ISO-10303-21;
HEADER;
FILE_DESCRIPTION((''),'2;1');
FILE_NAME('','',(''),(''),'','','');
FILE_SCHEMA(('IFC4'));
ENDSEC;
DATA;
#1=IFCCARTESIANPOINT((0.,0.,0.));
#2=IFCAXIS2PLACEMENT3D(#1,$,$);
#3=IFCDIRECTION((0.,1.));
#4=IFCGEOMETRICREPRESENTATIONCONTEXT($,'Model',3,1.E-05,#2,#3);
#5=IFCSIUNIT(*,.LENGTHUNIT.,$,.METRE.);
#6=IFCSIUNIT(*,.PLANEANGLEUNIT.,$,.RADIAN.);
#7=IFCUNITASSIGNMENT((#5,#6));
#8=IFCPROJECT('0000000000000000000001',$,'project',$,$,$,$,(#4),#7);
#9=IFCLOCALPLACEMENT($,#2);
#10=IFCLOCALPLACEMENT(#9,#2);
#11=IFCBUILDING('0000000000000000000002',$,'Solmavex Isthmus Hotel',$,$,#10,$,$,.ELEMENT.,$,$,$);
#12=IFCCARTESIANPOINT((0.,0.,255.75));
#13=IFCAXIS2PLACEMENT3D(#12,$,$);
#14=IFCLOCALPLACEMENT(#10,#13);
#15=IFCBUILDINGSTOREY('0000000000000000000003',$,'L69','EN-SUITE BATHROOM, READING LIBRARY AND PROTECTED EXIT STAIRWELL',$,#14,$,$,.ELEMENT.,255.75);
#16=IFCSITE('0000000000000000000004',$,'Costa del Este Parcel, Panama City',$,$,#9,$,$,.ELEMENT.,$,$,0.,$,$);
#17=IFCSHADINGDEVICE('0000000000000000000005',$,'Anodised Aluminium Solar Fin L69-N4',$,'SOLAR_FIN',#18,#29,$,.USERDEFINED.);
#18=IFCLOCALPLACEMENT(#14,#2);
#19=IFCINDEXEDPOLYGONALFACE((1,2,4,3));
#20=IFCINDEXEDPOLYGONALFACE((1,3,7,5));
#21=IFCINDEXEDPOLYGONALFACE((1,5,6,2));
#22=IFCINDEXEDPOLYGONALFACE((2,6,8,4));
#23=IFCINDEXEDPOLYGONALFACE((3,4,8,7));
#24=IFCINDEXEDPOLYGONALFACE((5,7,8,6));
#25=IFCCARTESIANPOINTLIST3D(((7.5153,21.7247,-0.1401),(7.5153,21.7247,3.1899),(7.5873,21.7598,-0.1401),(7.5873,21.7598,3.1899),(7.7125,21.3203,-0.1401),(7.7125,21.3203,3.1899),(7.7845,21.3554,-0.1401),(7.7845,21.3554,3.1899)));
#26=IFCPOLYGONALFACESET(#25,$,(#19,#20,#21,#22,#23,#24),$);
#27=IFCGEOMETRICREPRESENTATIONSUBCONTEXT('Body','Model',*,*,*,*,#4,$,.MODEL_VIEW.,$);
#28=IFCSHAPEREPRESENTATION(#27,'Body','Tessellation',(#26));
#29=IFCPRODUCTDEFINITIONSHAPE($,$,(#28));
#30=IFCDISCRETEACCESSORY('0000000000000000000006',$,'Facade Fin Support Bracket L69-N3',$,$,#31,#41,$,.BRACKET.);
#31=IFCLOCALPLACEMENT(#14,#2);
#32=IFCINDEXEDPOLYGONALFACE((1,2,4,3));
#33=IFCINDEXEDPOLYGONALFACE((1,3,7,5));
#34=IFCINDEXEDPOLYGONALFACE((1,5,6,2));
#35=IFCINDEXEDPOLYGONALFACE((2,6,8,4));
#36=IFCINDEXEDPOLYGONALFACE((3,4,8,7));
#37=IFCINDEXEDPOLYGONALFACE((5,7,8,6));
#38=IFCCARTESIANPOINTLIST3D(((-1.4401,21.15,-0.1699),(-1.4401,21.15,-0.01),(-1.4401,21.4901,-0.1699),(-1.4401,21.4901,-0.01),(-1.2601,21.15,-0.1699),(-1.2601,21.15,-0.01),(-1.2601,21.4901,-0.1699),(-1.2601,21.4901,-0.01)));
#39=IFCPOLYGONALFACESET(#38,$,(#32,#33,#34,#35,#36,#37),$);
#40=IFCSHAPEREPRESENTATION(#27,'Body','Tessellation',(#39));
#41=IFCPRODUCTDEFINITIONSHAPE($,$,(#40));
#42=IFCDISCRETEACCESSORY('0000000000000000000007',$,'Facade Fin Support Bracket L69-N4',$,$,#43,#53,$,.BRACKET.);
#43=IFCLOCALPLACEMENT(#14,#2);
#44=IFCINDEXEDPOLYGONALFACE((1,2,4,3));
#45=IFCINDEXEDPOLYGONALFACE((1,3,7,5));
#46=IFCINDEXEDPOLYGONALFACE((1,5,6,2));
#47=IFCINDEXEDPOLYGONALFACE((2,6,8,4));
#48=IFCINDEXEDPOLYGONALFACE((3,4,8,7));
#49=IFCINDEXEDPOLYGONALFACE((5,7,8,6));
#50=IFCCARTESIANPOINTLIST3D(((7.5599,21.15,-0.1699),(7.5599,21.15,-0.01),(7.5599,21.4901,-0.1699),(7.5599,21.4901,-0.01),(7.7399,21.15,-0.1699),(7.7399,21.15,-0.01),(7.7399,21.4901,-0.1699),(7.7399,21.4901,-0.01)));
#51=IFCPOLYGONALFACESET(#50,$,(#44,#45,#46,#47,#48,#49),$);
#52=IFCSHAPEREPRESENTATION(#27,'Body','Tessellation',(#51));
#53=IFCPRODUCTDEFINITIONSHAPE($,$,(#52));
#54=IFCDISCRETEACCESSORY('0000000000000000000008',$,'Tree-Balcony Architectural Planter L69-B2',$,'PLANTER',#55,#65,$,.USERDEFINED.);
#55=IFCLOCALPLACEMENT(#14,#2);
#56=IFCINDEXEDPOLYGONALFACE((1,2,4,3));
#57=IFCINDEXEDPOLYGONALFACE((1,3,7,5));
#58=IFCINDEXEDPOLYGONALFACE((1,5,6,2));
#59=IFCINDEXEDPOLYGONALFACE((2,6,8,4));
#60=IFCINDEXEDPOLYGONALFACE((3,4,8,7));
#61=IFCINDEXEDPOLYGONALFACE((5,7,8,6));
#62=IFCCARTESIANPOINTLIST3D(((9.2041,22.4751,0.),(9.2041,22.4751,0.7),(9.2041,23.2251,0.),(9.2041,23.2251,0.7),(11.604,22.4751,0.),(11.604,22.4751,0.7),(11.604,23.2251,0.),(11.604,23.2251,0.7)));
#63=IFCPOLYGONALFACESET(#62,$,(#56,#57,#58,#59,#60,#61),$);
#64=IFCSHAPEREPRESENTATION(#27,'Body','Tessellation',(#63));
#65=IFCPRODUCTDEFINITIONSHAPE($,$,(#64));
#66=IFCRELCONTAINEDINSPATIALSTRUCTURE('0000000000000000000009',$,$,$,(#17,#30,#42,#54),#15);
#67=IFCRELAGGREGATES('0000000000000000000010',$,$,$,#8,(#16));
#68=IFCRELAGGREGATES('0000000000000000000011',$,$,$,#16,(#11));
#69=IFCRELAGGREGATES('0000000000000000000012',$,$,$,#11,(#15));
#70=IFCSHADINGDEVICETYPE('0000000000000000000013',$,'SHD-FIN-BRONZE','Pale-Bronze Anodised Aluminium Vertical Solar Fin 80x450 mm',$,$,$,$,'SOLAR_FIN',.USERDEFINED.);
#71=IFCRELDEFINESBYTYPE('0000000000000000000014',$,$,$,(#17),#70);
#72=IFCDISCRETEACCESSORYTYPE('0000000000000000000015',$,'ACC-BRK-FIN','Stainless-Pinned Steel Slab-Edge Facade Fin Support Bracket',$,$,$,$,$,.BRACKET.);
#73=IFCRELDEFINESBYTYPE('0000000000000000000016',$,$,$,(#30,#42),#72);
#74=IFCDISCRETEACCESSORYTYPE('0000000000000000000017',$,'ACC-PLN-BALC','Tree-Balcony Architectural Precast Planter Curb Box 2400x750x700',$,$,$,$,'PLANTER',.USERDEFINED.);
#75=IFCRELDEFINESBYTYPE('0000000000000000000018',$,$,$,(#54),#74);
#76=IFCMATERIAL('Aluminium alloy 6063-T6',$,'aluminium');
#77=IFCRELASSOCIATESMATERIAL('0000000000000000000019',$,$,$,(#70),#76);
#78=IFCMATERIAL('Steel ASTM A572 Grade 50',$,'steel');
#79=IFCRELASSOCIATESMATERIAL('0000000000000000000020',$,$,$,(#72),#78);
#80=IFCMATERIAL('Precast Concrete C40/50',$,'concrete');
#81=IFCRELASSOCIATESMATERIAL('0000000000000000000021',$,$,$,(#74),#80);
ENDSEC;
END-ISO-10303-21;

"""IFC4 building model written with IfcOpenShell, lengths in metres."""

from ifc_helpers import new_model, si_unit, direction, frame, origin, origin_2d, place, context, subcontext, project, spatial, rectangle, extrude, material, type_object, element, save


model = new_model("IFC4")

# Units and contexts
model_context = context("Model", 3, precision=1e-05, world=origin(), true_north=direction((0.0, 1.0)))
body_context = subcontext(model_context, "Body", "Model", "MODEL_VIEW")
ifc_project = project(units=[si_unit("LENGTHUNIT", "METRE"), si_unit("PLANEANGLEUNIT", "RADIAN")], contexts=[model_context])

# Site, building, storey
site_placement = place(None, origin())
site = spatial("IfcSite", under=ifc_project, at=site_placement, Name="Costa del Este Parcel, Panama City", CompositionType="ELEMENT", RefElevation=0.0)
building_placement = place(site_placement, origin())
building = spatial("IfcBuilding", under=site, at=building_placement, Name="Solmavex Isthmus Hotel", CompositionType="ELEMENT")
storey_placement = place(building_placement, frame((0.0, 0.0, 255.75)))
storey = spatial("IfcBuildingStorey", under=building, at=storey_placement, Name="L69", Description="EN-SUITE BATHROOM, READING LIBRARY AND PROTECTED EXIT STAIRWELL", CompositionType="ELEMENT", Elevation=255.75)

# Shared definitions
ifc_material_1 = material(Name="Aluminium alloy 6063-T6", Category="aluminium")

# Shared definitions
ifc_material_2 = material(Name="Precast Concrete C40/50", Category="concrete")

# Shading device
shading_device_type = type_object("IfcShadingDeviceType", Name="SHD-FIN-BRONZE", Description="Pale-Bronze Anodised Aluminium Vertical Solar Fin 80x450 mm", ElementType="SOLAR_FIN", PredefinedType="USERDEFINED", material=ifc_material_1)
for number, where, z_axis, x_axis, name in (
    (1, (7.6499, 21.54, -0.1401), (0.0, 0.0, 1.0), (-0.438371, 0.898794, 0.0), "Anodised Aluminium Solar Fin L69-N4"),
):
    element("IfcShadingDevice", number, at=place(storey_placement, frame(where, z_axis=z_axis, x_axis=x_axis)), inside=storey, type_object=shading_device_type, Name=name, ObjectType="SOLAR_FIN", PredefinedType="USERDEFINED", context=body_context, shape_type="SweptSolid", body=[
        extrude(rectangle(XDim=0.45, YDim=0.0801, at=origin_2d()), origin(), (0.0, 0.0, 1.0), 3.3301),
    ])

# Discrete accessories
ifc_material_3 = material(Name="Steel ASTM A572 Grade 50", Category="steel")
discrete_accessory_type_1 = type_object("IfcDiscreteAccessoryType", Name="ACC-BRK-FIN", Description="Stainless-Pinned Steel Slab-Edge Facade Fin Support Bracket", PredefinedType="BRACKET", material=ifc_material_3)
for number, where, z_axis, x_axis, name in (
    (2, (-1.3501, 21.3201, -0.1699), (0.0, 0.0, 1.0), (0.0, 1.0, 0.0), "Facade Fin Support Bracket L69-N3"),
    (3, (7.6499, 21.3201, -0.1699), (0.0, 0.0, 1.0), (0.0, 1.0, 0.0), "Facade Fin Support Bracket L69-N4"),
):
    element("IfcDiscreteAccessory", number, at=place(storey_placement, frame(where, z_axis=z_axis, x_axis=x_axis)), inside=storey, type_object=discrete_accessory_type_1, Name=name, PredefinedType="BRACKET", context=body_context, shape_type="SweptSolid", body=[
        extrude(rectangle(XDim=0.3401, YDim=0.1799, at=origin_2d()), origin(), (0.0, 0.0, 1.0), 0.1599),
    ])
discrete_accessory_type_2 = type_object("IfcDiscreteAccessoryType", Name="ACC-PLN-BALC", Description="Tree-Balcony Architectural Precast Planter Curb Box 2400x750x700", ElementType="PLANTER", PredefinedType="USERDEFINED", material=ifc_material_2)
discrete_accessory_placement = place(storey_placement, frame((10.4041, 22.8501, 0.0), z_axis=(0.0, 0.0, 1.0), x_axis=(1.0, 0.0, 0.0)))
element("IfcDiscreteAccessory", 4, at=discrete_accessory_placement, inside=storey, type_object=discrete_accessory_type_2, Name="Tree-Balcony Architectural Planter L69-B2", ObjectType="PLANTER", PredefinedType="USERDEFINED", context=body_context, shape_type="SweptSolid", body=[
    extrude(rectangle(XDim=2.3999, YDim=0.75, at=origin_2d()), origin(), (0.0, 0.0, 1.0), 0.7),
])

save(model, "model.ifc")
